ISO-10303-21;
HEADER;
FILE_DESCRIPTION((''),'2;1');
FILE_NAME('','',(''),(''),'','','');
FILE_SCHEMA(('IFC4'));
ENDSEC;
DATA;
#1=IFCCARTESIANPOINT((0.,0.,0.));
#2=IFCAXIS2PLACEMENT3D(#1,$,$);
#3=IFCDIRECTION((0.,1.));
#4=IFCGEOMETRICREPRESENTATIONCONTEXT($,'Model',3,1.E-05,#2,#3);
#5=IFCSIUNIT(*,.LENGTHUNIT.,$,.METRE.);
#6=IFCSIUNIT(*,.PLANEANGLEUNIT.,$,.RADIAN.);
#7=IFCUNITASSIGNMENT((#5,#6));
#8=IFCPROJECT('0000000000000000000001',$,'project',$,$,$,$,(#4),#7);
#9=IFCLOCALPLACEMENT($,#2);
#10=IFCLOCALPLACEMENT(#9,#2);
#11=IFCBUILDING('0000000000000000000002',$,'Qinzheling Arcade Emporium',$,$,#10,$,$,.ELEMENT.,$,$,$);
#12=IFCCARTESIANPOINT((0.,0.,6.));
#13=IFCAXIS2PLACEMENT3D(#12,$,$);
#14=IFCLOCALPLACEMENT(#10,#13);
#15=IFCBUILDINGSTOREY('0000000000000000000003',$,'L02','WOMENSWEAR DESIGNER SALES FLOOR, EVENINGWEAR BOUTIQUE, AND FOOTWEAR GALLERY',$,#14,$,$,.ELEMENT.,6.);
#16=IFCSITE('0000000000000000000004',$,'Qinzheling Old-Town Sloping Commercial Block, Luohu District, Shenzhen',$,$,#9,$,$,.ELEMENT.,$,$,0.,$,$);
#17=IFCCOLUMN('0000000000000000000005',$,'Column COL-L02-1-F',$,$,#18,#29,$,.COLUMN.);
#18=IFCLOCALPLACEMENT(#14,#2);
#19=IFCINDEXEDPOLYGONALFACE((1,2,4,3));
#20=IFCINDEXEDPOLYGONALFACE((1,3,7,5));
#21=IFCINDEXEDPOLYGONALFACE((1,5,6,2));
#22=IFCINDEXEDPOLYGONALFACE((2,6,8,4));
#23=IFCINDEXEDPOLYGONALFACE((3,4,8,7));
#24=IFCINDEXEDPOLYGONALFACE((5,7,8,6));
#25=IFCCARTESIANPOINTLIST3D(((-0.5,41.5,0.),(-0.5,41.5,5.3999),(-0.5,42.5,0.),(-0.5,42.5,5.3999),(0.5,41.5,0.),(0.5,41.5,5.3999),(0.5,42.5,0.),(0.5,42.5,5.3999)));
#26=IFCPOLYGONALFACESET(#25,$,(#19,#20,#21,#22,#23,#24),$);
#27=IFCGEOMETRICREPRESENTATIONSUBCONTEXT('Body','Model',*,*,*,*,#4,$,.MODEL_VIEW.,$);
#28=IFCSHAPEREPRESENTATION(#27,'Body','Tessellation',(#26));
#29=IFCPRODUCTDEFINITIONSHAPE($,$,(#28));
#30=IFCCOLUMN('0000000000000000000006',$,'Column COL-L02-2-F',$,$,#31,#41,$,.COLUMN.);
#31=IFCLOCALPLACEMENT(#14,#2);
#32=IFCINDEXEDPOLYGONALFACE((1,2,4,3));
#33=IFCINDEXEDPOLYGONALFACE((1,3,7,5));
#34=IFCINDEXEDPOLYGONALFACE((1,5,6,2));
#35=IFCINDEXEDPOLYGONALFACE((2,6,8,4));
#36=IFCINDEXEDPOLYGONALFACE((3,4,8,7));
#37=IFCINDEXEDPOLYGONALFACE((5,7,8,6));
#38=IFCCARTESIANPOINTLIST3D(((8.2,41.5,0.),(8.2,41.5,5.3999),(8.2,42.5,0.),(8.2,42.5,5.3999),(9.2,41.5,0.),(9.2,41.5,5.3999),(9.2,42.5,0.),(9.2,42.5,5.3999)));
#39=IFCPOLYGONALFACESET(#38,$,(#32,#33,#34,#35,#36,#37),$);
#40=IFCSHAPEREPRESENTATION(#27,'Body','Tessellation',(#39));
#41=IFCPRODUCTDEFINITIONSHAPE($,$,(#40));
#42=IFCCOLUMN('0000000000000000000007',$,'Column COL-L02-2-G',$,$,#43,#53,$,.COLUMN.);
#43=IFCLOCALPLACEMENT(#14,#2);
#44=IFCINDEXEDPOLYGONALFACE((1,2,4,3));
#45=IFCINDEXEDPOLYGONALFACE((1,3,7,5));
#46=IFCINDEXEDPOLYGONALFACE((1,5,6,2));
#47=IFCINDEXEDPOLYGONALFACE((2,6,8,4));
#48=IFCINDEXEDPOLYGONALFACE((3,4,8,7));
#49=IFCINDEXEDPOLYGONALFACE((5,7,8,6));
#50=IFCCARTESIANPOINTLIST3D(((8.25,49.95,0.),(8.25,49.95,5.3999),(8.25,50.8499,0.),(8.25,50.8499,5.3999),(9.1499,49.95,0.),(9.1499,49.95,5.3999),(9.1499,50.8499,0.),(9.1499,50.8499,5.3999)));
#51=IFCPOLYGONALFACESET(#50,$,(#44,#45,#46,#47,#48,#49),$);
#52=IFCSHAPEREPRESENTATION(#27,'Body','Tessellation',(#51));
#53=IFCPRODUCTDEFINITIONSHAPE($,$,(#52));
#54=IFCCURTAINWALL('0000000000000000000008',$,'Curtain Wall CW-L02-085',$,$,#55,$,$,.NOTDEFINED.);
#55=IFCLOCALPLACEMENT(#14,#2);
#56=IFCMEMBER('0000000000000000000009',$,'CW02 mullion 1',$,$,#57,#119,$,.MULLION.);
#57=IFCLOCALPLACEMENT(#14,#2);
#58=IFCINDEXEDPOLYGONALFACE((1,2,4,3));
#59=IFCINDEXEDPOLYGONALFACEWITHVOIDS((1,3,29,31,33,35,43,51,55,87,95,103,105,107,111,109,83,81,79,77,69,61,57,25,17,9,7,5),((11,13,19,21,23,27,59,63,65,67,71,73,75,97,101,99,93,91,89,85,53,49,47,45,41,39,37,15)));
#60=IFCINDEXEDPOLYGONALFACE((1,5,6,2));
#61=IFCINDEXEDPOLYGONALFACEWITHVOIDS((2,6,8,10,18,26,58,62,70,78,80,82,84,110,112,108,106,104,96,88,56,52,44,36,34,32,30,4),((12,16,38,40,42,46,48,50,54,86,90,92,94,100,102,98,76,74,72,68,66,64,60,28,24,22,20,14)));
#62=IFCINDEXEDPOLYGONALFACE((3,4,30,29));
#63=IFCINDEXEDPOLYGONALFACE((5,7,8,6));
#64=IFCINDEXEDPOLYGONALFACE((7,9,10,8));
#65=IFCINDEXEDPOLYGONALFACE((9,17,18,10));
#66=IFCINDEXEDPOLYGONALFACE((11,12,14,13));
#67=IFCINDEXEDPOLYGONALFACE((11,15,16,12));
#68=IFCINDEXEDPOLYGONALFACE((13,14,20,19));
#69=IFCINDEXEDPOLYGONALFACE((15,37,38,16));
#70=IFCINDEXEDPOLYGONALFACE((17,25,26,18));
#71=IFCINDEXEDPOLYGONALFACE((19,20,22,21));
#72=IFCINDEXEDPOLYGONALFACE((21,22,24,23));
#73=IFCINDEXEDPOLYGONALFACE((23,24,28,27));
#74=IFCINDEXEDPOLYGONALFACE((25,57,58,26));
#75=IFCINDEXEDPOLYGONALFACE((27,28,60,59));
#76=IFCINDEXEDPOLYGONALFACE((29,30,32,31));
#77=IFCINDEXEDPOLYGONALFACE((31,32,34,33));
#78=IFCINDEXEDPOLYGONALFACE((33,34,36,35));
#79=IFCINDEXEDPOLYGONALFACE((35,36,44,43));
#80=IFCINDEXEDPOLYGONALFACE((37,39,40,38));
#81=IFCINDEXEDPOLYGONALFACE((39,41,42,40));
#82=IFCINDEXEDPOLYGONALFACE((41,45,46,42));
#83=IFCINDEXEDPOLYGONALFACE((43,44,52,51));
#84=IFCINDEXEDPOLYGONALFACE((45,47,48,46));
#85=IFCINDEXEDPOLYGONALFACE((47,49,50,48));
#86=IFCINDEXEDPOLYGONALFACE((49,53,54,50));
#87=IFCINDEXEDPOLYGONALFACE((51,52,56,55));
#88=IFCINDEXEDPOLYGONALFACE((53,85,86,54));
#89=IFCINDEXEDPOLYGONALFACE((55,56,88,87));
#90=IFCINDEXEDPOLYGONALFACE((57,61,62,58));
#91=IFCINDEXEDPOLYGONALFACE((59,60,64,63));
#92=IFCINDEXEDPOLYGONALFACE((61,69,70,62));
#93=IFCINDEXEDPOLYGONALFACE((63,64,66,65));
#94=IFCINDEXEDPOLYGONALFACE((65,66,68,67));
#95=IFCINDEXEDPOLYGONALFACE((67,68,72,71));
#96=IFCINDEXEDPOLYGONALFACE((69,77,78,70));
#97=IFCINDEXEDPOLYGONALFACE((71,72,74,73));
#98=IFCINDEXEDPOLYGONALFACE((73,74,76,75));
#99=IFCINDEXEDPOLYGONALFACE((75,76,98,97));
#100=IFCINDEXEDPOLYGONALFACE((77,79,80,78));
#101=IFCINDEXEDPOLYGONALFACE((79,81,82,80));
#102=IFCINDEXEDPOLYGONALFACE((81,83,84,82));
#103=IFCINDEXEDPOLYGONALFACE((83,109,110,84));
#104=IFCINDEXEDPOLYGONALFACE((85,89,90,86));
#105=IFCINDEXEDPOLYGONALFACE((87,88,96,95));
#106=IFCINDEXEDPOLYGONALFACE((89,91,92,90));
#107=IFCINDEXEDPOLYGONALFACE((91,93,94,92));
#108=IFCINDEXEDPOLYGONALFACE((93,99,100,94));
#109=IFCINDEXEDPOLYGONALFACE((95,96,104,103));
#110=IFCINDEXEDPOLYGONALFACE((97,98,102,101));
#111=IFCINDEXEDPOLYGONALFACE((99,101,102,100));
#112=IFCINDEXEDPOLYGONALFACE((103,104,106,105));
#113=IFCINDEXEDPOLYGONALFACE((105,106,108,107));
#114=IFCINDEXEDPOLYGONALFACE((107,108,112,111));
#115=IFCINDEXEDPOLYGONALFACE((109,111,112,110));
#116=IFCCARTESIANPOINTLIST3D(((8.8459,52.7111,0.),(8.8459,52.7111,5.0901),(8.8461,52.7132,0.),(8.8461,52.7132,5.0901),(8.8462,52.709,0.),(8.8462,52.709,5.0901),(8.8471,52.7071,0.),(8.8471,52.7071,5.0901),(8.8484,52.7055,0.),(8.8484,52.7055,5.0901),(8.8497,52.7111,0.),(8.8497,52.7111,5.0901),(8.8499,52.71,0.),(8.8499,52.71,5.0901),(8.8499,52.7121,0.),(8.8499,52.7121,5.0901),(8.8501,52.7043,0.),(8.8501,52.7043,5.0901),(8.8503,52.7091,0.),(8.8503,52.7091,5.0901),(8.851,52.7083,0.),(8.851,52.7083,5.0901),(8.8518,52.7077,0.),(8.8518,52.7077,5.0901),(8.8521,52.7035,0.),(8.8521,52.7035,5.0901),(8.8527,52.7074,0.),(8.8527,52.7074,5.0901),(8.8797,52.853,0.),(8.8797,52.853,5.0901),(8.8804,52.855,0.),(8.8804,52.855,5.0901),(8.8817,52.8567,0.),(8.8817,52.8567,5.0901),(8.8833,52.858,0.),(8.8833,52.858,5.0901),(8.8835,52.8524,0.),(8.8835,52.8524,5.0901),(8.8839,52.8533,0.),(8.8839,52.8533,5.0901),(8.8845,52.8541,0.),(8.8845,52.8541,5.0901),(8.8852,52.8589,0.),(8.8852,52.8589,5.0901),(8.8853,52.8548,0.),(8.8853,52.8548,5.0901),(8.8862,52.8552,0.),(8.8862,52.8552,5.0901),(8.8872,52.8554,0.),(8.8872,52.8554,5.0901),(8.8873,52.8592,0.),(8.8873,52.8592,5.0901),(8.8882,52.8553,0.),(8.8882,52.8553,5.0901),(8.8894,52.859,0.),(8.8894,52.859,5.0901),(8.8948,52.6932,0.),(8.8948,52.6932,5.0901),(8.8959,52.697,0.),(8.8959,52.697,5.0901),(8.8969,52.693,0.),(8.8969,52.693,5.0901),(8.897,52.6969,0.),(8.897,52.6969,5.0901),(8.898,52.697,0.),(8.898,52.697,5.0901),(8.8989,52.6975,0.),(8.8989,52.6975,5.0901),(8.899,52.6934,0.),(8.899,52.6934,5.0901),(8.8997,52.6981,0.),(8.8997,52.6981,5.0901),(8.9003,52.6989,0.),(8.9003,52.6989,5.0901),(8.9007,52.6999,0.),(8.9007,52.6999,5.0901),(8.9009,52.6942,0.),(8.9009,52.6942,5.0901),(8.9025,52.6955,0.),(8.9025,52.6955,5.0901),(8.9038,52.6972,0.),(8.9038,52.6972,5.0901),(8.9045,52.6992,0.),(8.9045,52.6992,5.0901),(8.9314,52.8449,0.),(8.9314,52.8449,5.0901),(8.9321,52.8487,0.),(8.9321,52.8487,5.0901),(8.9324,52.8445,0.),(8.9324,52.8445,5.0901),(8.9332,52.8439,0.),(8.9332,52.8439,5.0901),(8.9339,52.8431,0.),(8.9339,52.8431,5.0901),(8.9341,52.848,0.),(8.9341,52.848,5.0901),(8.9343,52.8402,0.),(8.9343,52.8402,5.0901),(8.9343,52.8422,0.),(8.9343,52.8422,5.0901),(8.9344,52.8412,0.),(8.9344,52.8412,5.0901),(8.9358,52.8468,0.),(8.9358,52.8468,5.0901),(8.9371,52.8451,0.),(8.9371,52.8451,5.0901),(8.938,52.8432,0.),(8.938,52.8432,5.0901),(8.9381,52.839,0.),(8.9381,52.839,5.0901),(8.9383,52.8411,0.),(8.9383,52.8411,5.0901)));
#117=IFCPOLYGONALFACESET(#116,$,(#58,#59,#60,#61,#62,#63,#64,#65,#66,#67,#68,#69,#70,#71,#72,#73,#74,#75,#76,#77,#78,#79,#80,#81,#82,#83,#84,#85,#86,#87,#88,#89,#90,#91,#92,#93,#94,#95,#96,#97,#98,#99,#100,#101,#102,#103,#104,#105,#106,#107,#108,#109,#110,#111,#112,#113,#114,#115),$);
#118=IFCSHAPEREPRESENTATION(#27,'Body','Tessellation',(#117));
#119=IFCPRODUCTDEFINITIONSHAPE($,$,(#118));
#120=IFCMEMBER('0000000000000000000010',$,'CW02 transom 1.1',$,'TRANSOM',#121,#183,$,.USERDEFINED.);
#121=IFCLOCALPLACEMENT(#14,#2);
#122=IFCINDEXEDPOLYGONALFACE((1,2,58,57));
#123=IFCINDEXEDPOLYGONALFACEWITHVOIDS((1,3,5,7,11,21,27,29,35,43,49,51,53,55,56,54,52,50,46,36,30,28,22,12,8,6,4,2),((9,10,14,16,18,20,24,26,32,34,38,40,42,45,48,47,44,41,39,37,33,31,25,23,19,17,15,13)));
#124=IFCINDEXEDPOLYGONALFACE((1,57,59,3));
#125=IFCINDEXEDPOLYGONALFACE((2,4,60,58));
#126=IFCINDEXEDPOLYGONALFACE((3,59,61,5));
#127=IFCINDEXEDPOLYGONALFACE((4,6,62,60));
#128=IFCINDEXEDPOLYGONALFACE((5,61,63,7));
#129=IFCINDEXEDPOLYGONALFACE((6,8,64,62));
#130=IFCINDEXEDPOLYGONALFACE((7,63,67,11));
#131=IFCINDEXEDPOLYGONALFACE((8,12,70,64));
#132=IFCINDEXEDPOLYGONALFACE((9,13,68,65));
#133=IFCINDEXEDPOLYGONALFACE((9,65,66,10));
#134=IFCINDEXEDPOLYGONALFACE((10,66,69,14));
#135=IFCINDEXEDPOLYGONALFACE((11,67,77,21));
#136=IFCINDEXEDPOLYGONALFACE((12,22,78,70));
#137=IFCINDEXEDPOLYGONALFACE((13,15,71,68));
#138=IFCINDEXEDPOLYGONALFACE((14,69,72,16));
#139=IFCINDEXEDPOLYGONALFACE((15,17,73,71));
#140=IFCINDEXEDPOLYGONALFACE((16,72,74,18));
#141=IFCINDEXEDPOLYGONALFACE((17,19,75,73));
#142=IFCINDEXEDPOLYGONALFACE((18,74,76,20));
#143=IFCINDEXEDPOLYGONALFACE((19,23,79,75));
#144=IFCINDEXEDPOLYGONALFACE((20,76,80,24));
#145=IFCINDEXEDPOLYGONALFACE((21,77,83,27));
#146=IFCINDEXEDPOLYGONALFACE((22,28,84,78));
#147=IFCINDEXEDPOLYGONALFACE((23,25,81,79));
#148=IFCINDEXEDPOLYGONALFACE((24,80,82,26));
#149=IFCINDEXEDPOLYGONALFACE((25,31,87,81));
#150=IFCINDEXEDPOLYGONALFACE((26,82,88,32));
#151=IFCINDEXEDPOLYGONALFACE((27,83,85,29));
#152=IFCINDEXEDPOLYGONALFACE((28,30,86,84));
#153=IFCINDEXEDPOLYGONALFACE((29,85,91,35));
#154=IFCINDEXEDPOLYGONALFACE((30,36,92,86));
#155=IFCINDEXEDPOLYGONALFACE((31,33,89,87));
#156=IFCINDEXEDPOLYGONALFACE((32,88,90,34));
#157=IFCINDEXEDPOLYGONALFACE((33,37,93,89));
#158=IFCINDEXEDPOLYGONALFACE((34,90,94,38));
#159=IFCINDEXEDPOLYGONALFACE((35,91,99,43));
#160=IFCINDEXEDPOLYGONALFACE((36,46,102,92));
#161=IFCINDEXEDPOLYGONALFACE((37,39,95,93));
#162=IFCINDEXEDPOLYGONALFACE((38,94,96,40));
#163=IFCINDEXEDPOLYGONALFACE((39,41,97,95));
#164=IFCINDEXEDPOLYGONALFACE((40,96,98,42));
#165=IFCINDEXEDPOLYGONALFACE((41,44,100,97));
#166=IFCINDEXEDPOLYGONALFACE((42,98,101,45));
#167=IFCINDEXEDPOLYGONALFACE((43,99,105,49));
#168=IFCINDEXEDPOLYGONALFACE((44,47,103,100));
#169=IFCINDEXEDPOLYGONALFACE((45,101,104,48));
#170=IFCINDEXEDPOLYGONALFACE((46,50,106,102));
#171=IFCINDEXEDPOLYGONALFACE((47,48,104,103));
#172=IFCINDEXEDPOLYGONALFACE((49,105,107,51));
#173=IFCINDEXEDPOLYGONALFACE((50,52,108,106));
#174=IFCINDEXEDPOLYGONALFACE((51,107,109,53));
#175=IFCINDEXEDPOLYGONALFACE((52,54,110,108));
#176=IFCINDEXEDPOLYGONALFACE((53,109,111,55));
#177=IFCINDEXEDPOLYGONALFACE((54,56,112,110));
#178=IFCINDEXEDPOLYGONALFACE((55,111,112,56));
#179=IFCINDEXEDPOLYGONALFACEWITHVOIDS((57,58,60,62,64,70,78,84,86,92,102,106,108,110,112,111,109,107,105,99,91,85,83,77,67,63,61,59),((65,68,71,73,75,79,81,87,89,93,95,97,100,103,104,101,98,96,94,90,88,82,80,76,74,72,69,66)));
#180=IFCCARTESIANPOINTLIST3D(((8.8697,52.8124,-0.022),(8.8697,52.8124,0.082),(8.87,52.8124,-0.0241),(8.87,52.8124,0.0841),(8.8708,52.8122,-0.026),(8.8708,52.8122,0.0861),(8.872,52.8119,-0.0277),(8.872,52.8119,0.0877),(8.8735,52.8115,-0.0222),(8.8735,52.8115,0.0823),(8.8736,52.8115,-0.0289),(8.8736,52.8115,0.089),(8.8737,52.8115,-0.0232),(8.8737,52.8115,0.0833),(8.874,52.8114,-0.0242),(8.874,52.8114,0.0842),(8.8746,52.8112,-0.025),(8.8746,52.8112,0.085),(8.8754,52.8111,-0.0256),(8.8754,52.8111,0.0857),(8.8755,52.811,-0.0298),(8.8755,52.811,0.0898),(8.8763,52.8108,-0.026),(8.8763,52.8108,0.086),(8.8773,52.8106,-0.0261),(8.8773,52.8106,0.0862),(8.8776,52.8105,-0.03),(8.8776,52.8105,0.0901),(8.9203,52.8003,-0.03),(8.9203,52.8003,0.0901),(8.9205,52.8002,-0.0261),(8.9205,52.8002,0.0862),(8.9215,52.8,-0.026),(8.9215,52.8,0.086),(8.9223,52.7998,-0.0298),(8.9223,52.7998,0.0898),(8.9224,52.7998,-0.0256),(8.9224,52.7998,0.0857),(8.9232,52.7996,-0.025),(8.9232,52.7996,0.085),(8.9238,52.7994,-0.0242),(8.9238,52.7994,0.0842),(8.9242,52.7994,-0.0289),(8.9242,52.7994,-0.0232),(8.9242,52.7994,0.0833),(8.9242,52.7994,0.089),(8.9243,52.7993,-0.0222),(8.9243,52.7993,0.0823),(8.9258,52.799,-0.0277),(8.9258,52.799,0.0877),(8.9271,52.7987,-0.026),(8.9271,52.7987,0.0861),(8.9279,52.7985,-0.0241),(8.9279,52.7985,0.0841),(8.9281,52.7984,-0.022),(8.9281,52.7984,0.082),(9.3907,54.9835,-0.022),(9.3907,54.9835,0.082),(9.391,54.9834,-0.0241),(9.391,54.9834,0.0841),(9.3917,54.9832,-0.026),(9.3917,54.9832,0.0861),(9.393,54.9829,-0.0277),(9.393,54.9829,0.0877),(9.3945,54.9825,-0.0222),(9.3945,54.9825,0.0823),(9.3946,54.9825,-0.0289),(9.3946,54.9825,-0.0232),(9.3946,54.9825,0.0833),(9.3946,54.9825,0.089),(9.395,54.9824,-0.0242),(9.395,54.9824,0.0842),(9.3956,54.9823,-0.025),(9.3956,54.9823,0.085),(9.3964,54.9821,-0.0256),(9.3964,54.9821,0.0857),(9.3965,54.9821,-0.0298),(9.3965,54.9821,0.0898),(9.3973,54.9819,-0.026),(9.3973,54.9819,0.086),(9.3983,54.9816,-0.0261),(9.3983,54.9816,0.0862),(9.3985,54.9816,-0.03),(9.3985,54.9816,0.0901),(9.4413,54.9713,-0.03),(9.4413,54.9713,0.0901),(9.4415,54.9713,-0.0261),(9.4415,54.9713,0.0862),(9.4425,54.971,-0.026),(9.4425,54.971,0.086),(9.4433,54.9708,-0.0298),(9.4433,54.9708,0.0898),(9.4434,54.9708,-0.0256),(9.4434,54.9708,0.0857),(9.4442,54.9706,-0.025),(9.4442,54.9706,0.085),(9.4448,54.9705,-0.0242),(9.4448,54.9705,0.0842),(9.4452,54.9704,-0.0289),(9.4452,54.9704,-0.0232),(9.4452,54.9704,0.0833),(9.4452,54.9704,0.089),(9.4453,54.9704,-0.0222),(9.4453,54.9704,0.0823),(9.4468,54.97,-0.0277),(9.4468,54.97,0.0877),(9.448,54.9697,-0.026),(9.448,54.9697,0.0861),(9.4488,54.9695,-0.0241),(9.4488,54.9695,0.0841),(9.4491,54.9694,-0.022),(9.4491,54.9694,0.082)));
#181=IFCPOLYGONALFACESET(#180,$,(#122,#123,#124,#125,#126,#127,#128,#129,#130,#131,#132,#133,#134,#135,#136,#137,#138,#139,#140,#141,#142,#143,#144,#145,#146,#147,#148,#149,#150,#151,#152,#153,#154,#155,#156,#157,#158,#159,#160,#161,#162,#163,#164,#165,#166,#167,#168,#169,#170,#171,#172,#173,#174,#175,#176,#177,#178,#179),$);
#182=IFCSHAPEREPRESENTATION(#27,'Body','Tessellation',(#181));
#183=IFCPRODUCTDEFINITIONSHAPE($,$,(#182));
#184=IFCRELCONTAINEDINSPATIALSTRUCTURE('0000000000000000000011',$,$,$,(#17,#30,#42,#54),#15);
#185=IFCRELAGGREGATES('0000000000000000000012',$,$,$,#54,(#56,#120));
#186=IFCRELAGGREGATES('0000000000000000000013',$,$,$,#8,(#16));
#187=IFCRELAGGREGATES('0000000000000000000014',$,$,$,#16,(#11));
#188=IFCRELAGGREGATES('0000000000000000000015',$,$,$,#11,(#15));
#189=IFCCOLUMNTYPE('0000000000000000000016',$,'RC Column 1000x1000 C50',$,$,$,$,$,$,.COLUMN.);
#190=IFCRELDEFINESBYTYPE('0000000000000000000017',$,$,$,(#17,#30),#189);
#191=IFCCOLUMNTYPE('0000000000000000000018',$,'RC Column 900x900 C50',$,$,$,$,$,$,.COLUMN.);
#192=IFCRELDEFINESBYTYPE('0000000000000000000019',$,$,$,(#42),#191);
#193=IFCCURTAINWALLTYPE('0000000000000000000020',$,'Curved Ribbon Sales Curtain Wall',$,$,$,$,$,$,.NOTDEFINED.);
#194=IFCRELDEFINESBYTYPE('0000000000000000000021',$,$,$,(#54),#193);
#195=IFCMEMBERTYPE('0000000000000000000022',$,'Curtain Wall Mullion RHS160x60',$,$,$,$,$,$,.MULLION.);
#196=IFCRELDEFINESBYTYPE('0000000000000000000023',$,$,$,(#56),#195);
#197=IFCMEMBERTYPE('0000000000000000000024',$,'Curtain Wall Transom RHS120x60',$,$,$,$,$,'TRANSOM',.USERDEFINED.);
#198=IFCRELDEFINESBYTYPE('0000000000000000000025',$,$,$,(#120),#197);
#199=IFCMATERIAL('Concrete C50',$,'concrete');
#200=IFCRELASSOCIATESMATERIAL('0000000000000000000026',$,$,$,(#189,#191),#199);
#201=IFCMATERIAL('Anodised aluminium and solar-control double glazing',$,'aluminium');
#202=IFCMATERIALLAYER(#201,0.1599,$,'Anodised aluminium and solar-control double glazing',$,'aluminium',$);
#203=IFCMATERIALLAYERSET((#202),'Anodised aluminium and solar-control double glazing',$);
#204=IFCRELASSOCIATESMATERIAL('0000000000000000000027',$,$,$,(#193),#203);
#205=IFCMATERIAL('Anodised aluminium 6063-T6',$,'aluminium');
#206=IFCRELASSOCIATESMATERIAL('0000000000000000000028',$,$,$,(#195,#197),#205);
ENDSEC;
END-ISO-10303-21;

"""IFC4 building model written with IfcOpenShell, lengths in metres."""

from ifc_helpers import new_model, si_unit, direction, frame, origin, origin_2d, place, context, subcontext, project, spatial, rectangle, hollow_rectangle, extrude, material, layer, layer_set, material_profile, profile_set, type_object, element, aggregate, save


model = new_model("IFC4")

# Units and contexts
model_context = context("Model", 3, precision=1e-05, world=origin(), true_north=direction((0.0, 1.0)))
body_context = subcontext(model_context, "Body", "Model", "MODEL_VIEW")
ifc_project = project(units=[si_unit("LENGTHUNIT", "METRE"), si_unit("PLANEANGLEUNIT", "RADIAN")], contexts=[model_context])

# Site, building, storey
site_placement = place(None, origin())
site = spatial("IfcSite", under=ifc_project, at=site_placement, Name="Qinzheling Old-Town Sloping Commercial Block, Luohu District, Shenzhen", CompositionType="ELEMENT", RefElevation=0.0)
building_placement = place(site_placement, origin())
building = spatial("IfcBuilding", under=site, at=building_placement, Name="Qinzheling Arcade Emporium", CompositionType="ELEMENT")
storey_placement = place(building_placement, frame((0.0, 0.0, 6.0)))
storey = spatial("IfcBuildingStorey", under=building, at=storey_placement, Name="L02", Description="WOMENSWEAR DESIGNER SALES FLOOR, EVENINGWEAR BOUTIQUE, AND FOOTWEAR GALLERY", CompositionType="ELEMENT", Elevation=6.0)

# Columns
ifc_material_1 = material(Name="Concrete C50", Category="concrete")
ifc_material_profile_1 = material_profile(ifc_material_1, rectangle(XDim=1.0, YDim=1.0, at=origin_2d()), Name="RC 1000x1000", Category="concrete")
ifc_profile_set_1 = profile_set([ifc_material_profile_1], Name="Concrete C50")
column_type_1 = type_object("IfcColumnType", Name="RC Column 1000x1000 C50", PredefinedType="COLUMN", material=ifc_profile_set_1)
for number, where, z_axis, x_axis, name in (
    (1, (0.0, 42.0, 0.0), (0.0, 0.0, 1.0), (1.0, 0.0, 0.0), "Column COL-L02-1-F"),
    (2, (8.7, 42.0, 0.0), (0.0, 0.0, 1.0), (1.0, 0.0, 0.0), "Column COL-L02-2-F"),
):
    element("IfcColumn", number, at=place(storey_placement, frame(where, z_axis=z_axis, x_axis=x_axis)), inside=storey, type_object=column_type_1, Name=name, PredefinedType="COLUMN", context=body_context, shape_type="SweptSolid", body=[
        extrude(rectangle(XDim=1.0, YDim=1.0, at=origin_2d()), origin(), (0.0, 0.0, 1.0), 5.3999),
    ])
ifc_material_profile_2 = material_profile(ifc_material_1, rectangle(XDim=0.8999, YDim=0.8999, at=origin_2d()), Name="RC 900x900", Category="concrete")
ifc_profile_set_2 = profile_set([ifc_material_profile_2], Name="Concrete C50")
column_type_2 = type_object("IfcColumnType", Name="RC Column 900x900 C50", PredefinedType="COLUMN", material=ifc_profile_set_2)
column_placement = place(storey_placement, frame((8.7, 50.3999, 0.0), z_axis=(0.0, 0.0, 1.0), x_axis=(1.0, 0.0, 0.0)))
element("IfcColumn", 3, at=column_placement, inside=storey, type_object=column_type_2, Name="Column COL-L02-2-G", PredefinedType="COLUMN", context=body_context, shape_type="SweptSolid", body=[
    extrude(rectangle(XDim=0.8999, YDim=0.8999, at=origin_2d()), origin(), (0.0, 0.0, 1.0), 5.3999),
])

# Curtain wall, members
ifc_material_2 = material(Name="Anodised aluminium and solar-control double glazing", Category="aluminium")
ifc_layer_1 = layer(ifc_material_2, 0.1599, Name="Anodised aluminium and solar-control double glazing", Category="aluminium")
ifc_layer_set_1 = layer_set([ifc_layer_1], Name="Anodised aluminium and solar-control double glazing")
curtain_wall_type = type_object("IfcCurtainWallType", Name="Curved Ribbon Sales Curtain Wall", PredefinedType="NOTDEFINED", material=ifc_layer_set_1)
curtain_wall_placement = place(storey_placement, origin())
curtain_wall = element("IfcCurtainWall", 4, at=curtain_wall_placement, inside=storey, type_object=curtain_wall_type, Name="Curtain Wall CW-L02-085", PredefinedType="NOTDEFINED")
ifc_material_3 = material(Name="Anodised aluminium 6063-T6", Category="aluminium")
ifc_material_profile_3 = material_profile(ifc_material_3, hollow_rectangle(XDim=0.0601, YDim=0.1599, WallThickness=0.0039, InnerFilletRadius=0.0039, OuterFilletRadius=0.0081, at=origin_2d()), Name="RHS 160x60x4", Category="aluminium")
ifc_profile_set_3 = profile_set([ifc_material_profile_3], Name="Anodised aluminium 6063-T6")
member_type_1 = type_object("IfcMemberType", Name="Curtain Wall Mullion RHS160x60", PredefinedType="MULLION", material=ifc_profile_set_3)
member_1_placement = place(storey_placement, frame((8.8921, 52.7761, 0.0), z_axis=(0.0, 0.0, 1.0), x_axis=(-0.972399, 0.233325, 0.0)))
member_1 = element("IfcMember", 5, at=member_1_placement, type_object=member_type_1, Name="CW02 mullion 1", PredefinedType="MULLION", context=body_context, shape_type="SweptSolid", body=[
    extrude(hollow_rectangle(XDim=0.0601, YDim=0.1599, WallThickness=0.0039, InnerFilletRadius=0.0039, OuterFilletRadius=0.0081, at=origin_2d()), origin(), (0.0, 0.0, 1.0), 5.0901),
])
ifc_material_profile_4 = material_profile(ifc_material_3, hollow_rectangle(XDim=0.0601, YDim=0.1201, WallThickness=0.0039, InnerFilletRadius=0.0039, OuterFilletRadius=0.0081, at=origin_2d()), Name="RHS 120x60x4", Category="aluminium")
ifc_profile_set_4 = profile_set([ifc_material_profile_4], Name="Anodised aluminium 6063-T6")
member_type_2 = type_object("IfcMemberType", Name="Curtain Wall Transom RHS120x60", ElementType="TRANSOM", PredefinedType="USERDEFINED", material=ifc_profile_set_4)
member_2_placement = place(storey_placement, frame((8.8989, 52.8054, 0.03), z_axis=(0.23334, 0.972395, 0.0), x_axis=(-0.972395, 0.23334, 0.0)))
member_2 = element("IfcMember", 6, at=member_2_placement, type_object=member_type_2, Name="CW02 transom 1.1", ObjectType="TRANSOM", PredefinedType="USERDEFINED", context=body_context, shape_type="SweptSolid", body=[
    extrude(hollow_rectangle(XDim=0.0601, YDim=0.1201, WallThickness=0.0039, InnerFilletRadius=0.0039, OuterFilletRadius=0.0081, at=origin_2d()), origin(), (0.0, 0.0, 1.0), 2.2327),
])
aggregate(curtain_wall, [member_1, member_2])

save(model, "model.ifc")
